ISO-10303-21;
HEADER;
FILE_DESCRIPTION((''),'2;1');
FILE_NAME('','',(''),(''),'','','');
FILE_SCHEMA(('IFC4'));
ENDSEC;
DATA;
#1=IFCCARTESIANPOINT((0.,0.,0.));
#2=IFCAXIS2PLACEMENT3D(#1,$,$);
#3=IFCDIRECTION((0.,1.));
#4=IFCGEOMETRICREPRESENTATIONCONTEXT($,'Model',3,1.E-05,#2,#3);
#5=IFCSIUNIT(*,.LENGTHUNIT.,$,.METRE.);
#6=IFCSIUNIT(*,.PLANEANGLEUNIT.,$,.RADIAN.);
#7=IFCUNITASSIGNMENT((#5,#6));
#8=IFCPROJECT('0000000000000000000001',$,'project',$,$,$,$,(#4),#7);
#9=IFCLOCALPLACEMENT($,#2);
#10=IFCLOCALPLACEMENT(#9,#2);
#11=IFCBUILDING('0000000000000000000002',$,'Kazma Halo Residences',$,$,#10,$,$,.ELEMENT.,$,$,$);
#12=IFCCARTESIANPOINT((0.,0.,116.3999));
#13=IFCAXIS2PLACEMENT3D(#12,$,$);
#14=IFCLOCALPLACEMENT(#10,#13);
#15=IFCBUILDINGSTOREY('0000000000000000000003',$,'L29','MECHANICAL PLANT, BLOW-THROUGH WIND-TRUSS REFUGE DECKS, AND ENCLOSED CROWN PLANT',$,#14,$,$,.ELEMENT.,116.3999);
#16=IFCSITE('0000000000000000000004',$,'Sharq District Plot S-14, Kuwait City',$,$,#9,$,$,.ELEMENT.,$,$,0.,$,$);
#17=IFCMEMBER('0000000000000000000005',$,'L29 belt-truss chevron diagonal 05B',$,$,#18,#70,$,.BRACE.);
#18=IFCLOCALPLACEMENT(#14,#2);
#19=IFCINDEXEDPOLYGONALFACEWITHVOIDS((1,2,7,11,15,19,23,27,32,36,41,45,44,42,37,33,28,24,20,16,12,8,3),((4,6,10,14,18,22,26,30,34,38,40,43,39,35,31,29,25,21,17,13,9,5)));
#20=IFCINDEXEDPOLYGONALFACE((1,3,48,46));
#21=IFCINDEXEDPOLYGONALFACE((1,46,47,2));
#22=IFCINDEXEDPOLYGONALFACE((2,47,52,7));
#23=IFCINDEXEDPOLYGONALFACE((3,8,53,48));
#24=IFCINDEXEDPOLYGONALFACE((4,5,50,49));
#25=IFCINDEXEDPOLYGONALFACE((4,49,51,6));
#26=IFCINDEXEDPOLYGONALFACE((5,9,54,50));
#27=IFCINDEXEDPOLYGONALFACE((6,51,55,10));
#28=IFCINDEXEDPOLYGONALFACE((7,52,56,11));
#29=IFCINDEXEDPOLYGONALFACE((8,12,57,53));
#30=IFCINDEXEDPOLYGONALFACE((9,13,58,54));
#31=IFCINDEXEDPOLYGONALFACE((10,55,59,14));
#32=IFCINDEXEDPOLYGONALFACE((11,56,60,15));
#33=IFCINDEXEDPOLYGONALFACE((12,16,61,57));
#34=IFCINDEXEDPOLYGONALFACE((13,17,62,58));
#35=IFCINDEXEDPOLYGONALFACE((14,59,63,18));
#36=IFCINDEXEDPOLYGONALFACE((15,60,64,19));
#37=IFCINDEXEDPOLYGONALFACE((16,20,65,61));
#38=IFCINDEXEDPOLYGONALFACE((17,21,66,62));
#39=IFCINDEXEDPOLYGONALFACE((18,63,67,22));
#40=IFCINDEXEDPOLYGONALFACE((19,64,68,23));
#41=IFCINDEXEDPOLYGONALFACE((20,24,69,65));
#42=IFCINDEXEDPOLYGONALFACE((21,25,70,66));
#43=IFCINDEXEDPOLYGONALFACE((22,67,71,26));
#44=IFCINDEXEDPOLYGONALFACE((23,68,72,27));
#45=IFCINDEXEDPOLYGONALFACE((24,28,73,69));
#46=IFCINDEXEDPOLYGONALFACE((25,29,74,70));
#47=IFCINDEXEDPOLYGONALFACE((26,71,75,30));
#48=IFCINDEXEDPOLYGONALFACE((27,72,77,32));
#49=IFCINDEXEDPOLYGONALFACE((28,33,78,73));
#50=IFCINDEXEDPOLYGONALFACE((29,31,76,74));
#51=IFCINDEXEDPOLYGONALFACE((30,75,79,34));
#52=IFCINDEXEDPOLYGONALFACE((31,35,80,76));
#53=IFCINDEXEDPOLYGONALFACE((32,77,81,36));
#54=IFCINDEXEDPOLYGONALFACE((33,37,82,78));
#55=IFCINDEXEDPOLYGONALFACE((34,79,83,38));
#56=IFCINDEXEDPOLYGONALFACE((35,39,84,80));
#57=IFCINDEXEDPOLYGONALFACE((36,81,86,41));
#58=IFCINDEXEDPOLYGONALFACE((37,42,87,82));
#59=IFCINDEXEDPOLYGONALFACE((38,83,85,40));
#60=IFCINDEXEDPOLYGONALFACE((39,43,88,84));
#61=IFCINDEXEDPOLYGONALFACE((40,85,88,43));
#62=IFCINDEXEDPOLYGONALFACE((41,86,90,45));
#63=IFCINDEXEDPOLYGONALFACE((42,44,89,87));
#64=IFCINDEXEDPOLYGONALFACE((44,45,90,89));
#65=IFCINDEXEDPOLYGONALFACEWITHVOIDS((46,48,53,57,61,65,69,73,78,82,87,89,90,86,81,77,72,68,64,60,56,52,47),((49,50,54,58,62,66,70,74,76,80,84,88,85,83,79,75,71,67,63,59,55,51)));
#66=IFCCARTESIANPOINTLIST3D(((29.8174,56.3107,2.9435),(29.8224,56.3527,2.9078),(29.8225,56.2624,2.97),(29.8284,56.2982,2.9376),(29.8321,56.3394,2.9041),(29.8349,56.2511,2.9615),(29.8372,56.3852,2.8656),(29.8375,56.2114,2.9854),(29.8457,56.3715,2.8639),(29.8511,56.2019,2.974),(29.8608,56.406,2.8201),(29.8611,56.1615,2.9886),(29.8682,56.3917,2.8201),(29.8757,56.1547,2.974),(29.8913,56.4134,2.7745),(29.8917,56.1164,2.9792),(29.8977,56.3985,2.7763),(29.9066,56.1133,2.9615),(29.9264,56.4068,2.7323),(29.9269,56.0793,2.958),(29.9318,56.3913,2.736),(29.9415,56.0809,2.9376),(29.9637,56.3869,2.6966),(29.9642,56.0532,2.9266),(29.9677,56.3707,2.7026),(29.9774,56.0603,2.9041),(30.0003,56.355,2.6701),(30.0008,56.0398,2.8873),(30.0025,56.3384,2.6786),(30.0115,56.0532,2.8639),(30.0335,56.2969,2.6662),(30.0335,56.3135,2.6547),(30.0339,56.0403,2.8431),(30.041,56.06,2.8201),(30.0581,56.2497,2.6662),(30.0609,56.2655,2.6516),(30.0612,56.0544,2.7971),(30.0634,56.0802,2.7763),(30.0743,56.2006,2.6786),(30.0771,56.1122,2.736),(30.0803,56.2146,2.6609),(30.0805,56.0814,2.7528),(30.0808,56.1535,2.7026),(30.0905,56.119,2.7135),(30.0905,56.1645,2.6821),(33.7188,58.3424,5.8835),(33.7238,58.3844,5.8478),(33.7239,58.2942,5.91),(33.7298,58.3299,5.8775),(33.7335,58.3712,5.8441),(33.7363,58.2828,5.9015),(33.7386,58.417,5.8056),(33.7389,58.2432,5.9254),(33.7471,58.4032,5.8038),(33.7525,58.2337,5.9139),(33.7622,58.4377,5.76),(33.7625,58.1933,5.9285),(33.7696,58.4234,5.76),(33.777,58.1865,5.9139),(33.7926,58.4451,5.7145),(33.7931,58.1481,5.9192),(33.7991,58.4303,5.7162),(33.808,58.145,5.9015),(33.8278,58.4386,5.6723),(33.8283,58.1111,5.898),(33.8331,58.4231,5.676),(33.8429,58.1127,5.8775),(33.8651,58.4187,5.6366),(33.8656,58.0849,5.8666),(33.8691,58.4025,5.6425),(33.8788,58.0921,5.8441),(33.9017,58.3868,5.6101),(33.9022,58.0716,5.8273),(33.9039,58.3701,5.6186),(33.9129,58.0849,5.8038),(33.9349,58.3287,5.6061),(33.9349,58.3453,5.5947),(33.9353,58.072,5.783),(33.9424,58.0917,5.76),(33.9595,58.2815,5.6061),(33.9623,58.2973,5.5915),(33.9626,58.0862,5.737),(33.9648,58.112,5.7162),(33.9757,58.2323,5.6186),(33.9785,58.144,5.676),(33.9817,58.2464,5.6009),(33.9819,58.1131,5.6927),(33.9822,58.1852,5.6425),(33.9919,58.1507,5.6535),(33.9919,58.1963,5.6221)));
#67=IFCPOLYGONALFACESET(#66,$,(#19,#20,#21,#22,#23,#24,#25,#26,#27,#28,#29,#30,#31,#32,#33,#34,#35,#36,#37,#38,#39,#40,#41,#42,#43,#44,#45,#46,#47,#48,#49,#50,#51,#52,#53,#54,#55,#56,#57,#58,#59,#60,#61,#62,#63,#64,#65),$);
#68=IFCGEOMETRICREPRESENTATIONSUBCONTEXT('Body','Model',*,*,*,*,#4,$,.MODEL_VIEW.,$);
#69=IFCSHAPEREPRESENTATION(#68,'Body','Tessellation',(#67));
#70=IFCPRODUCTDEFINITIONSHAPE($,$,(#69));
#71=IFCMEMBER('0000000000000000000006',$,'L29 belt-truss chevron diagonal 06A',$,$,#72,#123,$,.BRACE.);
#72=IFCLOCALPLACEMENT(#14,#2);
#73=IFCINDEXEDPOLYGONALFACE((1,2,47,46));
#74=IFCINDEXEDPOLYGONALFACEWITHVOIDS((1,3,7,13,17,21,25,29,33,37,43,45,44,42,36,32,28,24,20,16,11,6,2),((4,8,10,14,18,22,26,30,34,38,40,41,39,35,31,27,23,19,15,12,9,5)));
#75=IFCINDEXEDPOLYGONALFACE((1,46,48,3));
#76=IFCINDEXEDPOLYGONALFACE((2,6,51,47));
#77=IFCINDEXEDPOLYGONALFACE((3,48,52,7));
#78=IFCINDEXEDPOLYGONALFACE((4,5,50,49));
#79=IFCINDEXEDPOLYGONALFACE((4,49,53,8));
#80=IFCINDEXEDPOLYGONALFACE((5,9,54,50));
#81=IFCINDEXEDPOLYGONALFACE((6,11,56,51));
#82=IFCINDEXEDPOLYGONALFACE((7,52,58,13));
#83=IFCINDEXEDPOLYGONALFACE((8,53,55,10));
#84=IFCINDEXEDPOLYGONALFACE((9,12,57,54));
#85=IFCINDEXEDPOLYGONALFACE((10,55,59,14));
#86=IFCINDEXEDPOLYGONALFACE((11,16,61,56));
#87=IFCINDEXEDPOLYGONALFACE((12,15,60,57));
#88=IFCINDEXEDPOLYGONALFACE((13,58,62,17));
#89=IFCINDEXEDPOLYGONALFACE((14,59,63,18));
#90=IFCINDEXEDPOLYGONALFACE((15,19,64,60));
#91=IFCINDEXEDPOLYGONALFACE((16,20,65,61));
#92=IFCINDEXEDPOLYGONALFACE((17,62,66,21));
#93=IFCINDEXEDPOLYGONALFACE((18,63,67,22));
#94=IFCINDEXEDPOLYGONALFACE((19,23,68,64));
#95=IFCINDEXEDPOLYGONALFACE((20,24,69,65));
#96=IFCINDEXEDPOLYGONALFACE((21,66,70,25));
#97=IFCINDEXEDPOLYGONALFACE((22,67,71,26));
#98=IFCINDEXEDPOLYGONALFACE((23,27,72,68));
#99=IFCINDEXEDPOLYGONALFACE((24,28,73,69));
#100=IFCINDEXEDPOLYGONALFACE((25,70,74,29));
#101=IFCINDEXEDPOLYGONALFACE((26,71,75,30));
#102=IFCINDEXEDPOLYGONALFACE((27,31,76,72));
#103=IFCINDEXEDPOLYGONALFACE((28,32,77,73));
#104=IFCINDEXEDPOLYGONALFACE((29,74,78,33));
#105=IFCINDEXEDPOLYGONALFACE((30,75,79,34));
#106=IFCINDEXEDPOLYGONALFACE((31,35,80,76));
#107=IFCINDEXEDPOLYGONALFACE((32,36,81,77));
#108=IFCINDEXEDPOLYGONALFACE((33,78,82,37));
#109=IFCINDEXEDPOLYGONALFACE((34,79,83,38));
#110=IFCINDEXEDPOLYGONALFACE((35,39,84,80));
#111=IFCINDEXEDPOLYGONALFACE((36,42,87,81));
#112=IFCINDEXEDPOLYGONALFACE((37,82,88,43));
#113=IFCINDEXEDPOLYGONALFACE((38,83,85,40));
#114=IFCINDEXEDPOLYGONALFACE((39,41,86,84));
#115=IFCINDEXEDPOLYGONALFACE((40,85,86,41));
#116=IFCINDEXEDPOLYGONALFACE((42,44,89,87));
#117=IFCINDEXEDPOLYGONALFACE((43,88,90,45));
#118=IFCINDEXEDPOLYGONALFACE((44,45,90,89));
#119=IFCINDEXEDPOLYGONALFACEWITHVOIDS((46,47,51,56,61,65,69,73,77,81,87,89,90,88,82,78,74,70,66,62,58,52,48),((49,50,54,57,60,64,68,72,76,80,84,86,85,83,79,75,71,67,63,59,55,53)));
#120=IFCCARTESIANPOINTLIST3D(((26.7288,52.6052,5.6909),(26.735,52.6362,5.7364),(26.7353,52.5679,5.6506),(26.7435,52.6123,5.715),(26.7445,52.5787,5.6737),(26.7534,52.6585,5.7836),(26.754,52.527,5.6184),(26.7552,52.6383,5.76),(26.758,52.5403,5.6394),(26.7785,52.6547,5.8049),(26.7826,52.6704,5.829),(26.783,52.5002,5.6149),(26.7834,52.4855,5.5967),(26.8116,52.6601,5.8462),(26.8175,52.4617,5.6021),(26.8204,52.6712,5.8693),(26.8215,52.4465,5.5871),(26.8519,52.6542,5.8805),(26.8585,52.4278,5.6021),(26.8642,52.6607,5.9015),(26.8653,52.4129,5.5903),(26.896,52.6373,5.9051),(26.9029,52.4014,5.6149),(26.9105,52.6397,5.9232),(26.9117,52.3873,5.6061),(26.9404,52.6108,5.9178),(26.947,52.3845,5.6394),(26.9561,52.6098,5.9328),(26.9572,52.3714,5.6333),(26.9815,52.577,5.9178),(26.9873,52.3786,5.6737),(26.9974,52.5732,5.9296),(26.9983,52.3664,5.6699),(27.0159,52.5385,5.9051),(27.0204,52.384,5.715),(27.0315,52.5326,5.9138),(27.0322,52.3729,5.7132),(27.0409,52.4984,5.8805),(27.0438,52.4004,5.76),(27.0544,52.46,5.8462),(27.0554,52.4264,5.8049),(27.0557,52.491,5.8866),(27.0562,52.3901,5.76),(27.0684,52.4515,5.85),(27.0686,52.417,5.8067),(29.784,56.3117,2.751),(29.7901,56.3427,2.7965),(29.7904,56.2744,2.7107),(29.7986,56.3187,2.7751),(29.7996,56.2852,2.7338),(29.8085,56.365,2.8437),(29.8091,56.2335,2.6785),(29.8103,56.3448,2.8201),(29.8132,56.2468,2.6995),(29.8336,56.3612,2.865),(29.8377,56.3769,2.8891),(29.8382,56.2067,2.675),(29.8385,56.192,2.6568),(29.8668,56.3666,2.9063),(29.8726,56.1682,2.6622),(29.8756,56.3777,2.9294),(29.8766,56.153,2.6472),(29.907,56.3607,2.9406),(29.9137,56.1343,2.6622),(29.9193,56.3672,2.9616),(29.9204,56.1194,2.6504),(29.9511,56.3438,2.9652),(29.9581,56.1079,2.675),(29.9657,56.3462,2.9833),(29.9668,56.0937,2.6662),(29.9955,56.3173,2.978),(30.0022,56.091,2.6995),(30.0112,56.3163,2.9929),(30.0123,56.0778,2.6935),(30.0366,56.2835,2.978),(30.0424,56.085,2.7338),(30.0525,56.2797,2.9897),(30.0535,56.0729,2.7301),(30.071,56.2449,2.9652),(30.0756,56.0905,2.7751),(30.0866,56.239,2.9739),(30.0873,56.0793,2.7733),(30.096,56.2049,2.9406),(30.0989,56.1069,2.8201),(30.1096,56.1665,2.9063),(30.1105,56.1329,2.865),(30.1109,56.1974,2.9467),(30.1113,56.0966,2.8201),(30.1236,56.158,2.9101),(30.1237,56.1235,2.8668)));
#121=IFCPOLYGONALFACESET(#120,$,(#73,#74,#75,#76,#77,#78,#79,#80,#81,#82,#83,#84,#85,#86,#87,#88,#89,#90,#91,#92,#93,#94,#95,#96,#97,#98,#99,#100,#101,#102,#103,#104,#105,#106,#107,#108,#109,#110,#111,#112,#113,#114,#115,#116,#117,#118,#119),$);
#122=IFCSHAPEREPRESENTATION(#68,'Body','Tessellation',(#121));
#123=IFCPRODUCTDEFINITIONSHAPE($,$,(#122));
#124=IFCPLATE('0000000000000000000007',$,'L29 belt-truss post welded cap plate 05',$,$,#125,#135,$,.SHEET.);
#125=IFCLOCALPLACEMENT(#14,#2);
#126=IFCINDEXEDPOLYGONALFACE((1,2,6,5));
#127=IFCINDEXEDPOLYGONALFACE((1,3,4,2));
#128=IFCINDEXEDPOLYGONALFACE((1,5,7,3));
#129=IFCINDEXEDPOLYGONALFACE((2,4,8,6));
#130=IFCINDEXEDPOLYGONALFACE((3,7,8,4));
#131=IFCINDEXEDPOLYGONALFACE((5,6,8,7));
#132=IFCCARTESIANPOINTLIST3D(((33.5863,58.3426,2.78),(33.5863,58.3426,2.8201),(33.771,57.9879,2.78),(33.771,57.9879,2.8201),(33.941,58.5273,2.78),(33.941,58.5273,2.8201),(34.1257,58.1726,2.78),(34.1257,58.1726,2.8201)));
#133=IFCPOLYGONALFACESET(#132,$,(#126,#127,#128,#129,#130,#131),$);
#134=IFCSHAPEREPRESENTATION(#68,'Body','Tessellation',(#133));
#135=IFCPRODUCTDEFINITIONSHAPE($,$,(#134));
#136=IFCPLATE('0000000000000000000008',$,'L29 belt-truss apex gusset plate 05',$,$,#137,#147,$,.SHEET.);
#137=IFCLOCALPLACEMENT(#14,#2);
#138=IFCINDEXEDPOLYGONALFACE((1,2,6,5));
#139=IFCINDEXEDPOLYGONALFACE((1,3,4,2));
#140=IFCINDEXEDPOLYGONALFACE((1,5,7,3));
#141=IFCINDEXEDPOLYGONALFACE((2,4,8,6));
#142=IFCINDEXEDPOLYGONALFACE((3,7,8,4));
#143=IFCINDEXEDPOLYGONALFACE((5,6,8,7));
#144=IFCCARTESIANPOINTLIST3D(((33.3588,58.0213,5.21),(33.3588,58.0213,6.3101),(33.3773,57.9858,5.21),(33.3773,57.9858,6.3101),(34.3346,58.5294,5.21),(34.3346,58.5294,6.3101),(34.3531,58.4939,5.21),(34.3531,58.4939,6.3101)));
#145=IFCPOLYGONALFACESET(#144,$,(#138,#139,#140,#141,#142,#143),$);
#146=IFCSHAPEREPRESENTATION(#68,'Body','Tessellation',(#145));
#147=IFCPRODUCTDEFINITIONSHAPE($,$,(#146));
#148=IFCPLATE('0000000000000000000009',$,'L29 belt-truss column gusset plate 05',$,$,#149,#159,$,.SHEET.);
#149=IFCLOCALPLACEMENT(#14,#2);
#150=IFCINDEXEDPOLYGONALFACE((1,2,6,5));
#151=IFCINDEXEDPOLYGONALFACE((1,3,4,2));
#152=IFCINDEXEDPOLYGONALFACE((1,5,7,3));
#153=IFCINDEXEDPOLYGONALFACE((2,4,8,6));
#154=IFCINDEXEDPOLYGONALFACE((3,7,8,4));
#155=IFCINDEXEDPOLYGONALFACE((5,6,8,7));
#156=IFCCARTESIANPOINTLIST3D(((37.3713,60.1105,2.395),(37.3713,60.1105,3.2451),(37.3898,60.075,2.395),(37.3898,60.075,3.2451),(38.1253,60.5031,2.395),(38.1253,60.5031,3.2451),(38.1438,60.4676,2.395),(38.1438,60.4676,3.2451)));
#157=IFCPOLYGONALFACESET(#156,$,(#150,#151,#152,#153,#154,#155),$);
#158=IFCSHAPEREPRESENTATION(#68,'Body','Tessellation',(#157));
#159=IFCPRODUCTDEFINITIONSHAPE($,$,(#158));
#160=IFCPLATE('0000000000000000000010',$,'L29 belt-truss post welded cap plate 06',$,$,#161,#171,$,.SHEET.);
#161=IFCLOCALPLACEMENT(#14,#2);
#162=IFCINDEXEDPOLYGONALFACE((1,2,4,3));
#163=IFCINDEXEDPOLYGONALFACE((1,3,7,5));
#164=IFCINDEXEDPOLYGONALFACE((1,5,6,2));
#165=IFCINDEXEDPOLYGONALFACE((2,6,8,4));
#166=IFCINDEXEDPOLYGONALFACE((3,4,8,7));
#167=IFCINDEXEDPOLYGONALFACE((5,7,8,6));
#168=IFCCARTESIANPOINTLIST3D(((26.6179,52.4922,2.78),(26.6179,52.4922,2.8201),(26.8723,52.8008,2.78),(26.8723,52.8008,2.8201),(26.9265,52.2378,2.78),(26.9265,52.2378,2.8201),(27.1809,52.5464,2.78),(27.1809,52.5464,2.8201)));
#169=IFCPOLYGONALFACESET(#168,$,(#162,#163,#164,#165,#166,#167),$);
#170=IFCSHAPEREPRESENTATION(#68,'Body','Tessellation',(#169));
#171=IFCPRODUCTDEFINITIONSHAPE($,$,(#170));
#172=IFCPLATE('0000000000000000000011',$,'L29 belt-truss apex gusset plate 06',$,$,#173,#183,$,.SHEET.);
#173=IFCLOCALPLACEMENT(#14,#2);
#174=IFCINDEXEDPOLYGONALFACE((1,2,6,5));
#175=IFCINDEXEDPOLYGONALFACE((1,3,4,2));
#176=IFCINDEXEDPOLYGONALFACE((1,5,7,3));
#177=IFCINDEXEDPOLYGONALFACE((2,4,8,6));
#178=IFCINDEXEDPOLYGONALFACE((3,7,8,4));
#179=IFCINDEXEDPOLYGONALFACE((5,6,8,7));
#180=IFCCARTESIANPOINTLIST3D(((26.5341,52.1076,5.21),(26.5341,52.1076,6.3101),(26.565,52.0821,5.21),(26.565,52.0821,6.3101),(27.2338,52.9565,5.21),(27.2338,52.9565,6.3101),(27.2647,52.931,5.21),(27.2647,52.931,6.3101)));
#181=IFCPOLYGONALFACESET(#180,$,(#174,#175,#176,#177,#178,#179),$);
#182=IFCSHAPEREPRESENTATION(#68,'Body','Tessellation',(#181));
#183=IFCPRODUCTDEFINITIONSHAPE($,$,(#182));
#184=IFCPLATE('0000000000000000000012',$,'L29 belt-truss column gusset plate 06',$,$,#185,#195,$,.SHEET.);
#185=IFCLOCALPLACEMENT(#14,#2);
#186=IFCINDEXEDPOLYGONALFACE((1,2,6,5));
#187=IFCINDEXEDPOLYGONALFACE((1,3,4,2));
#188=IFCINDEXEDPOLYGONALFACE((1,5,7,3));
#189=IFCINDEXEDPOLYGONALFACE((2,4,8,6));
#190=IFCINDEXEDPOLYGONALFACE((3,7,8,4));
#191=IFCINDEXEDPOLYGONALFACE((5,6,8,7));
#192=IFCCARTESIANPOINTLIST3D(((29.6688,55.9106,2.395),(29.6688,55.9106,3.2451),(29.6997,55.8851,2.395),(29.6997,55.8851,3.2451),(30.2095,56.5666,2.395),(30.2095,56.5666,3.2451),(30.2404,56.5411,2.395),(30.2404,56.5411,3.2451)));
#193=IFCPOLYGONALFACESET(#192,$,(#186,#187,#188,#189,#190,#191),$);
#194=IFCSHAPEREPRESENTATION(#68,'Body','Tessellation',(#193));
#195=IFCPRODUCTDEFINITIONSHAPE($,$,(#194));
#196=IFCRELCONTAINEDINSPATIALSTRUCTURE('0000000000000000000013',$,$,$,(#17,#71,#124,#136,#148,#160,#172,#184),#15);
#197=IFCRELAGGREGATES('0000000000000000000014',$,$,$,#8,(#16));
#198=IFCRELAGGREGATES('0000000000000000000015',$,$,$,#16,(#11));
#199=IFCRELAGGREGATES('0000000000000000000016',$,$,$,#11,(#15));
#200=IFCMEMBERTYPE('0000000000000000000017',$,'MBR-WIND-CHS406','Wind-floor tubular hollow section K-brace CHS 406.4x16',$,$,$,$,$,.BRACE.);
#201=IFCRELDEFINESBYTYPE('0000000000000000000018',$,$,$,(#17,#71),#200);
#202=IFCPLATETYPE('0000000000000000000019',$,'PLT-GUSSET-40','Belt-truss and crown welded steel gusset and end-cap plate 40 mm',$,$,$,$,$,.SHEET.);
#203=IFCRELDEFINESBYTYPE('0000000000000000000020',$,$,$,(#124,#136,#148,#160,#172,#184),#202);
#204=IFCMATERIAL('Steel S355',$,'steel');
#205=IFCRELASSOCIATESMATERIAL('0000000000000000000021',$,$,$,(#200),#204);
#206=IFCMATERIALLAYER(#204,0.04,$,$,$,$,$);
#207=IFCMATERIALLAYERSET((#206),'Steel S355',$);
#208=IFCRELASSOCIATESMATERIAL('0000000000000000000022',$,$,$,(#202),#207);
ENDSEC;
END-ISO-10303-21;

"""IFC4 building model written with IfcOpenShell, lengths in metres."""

from ifc_helpers import new_model, si_unit, direction, frame, origin, origin_2d, place, context, subcontext, project, spatial, rectangle, hollow_circle, extrude, material, layer, layer_set, material_profile, profile_set, type_object, element, save


model = new_model("IFC4")

# Units and contexts
model_context = context("Model", 3, precision=1e-05, world=origin(), true_north=direction((0.0, 1.0)))
body_context = subcontext(model_context, "Body", "Model", "MODEL_VIEW")
ifc_project = project(units=[si_unit("LENGTHUNIT", "METRE"), si_unit("PLANEANGLEUNIT", "RADIAN")], contexts=[model_context])

# Site, building, storey
site_placement = place(None, origin())
site = spatial("IfcSite", under=ifc_project, at=site_placement, Name="Sharq District Plot S-14, Kuwait City", CompositionType="ELEMENT", RefElevation=0.0)
building_placement = place(site_placement, origin())
building = spatial("IfcBuilding", under=site, at=building_placement, Name="Kazma Halo Residences", CompositionType="ELEMENT")
storey_placement = place(building_placement, frame((0.0, 0.0, 116.3999)))
storey = spatial("IfcBuildingStorey", under=building, at=storey_placement, Name="L29", Description="MECHANICAL PLANT, BLOW-THROUGH WIND-TRUSS REFUGE DECKS, AND ENCLOSED CROWN PLANT", CompositionType="ELEMENT", Elevation=116.3999)

# Shared definitions
ifc_material_1 = material(Name="Steel S355", Category="steel")

# Members
ifc_material_profile_1 = material_profile(ifc_material_1, hollow_circle(Radius=0.2031, WallThickness=0.0161, at=origin_2d()), Name="CHS406.4x16")
ifc_profile_set_1 = profile_set([ifc_material_profile_1], Name="Steel S355")
member_type_1 = type_object("IfcMemberType", Name="MBR-WIND-CHS406", Description="Wind-floor tubular hollow section K-brace CHS 406.4x16", PredefinedType="BRACE", material=ifc_profile_set_1)
for number, where, z_axis, x_axis, name in (
    (1, (29.9546, 56.2258, 2.8201), (0.737396, 0.384018, 0.555677), (-0.461894, 0.886935, 0.0), "L29 belt-truss chevron diagonal 05B"),
):
    element("IfcMember", number, at=place(storey_placement, frame(where, z_axis=z_axis, x_axis=x_axis)), inside=storey, type_object=member_type_1, Name=name, PredefinedType="BRACE", context=body_context, shape_type="SweptSolid", body=[
        extrude(hollow_circle(Radius=0.2031, WallThickness=0.0161, at=origin_2d()), origin(), (0.0, 0.0, 1.0), 5.2908),
    ])
member_1_placement = place(storey_placement, frame((29.9546, 56.2258, 2.8201), z_axis=(-0.542498, -0.658159, 0.522036), x_axis=(0.771651, -0.636046, 0.0)))
element("IfcMember", 2, at=member_1_placement, inside=storey, type_object=member_type_1, Name="L29 belt-truss chevron diagonal 06A", PredefinedType="BRACE", context=body_context, shape_type="SweptSolid", body=[
    extrude(hollow_circle(Radius=0.2031, WallThickness=0.0161, at=origin_2d()), origin(), (0.0, 0.0, 1.0), 5.6316),
])

# Plates
ifc_layer_1 = layer(ifc_material_1, 0.04)
ifc_layer_set_1 = layer_set([ifc_layer_1], Name="Steel S355")
plate_type = type_object("IfcPlateType", Name="PLT-GUSSET-40", Description="Belt-truss and crown welded steel gusset and end-cap plate 40 mm", PredefinedType="SHEET", material=ifc_layer_set_1)
plate_1_placement = place(storey_placement, frame((33.856, 58.2576, 2.78), z_axis=(0.0, 0.0, 1.0), x_axis=(-0.886957, -0.461853, 0.0)))
element("IfcPlate", 3, at=plate_1_placement, inside=storey, type_object=plate_type, Name="L29 belt-truss post welded cap plate 05", PredefinedType="SHEET", context=body_context, shape_type="SweptSolid", body=[
    extrude(rectangle(XDim=0.3999, YDim=0.3999, at=origin_2d()), origin(), (0.0, 0.0, 1.0), 0.04),
])
plate_2_placement = place(storey_placement, frame((33.856, 58.2576, 5.21), z_axis=(0.0, 0.0, 1.0), x_axis=(-0.886957, -0.461853, 0.0)))
element("IfcPlate", 4, at=plate_2_placement, inside=storey, type_object=plate_type, Name="L29 belt-truss apex gusset plate 05", PredefinedType="SHEET", context=body_context, shape_type="SweptSolid", body=[
    extrude(rectangle(XDim=1.1001, YDim=0.04, at=origin_2d()), origin(), (0.0, 0.0, 1.0), 1.1001),
])
plate_3_placement = place(storey_placement, frame((37.7576, 60.2891, 2.395), z_axis=(0.0, 0.0, 1.0), x_axis=(-0.886957, -0.461853, 0.0)))
element("IfcPlate", 5, at=plate_3_placement, inside=storey, type_object=plate_type, Name="L29 belt-truss column gusset plate 05", PredefinedType="SHEET", context=body_context, shape_type="SweptSolid", body=[
    extrude(rectangle(XDim=0.8501, YDim=0.04, at=origin_2d()), origin(), (0.0, 0.0, 1.0), 0.8501),
])
plate_4_placement = place(storey_placement, frame((26.8994, 52.5193, 2.78), z_axis=(0.0, 0.0, 1.0), x_axis=(-0.636002, -0.771688, 0.0)))
element("IfcPlate", 6, at=plate_4_placement, inside=storey, type_object=plate_type, Name="L29 belt-truss post welded cap plate 06", PredefinedType="SHEET", context=body_context, shape_type="SweptSolid", body=[
    extrude(rectangle(XDim=0.3999, YDim=0.3999, at=origin_2d()), origin(), (0.0, 0.0, 1.0), 0.04),
])
plate_5_placement = place(storey_placement, frame((26.8994, 52.5193, 5.21), z_axis=(0.0, 0.0, 1.0), x_axis=(-0.636002, -0.771688, 0.0)))
element("IfcPlate", 7, at=plate_5_placement, inside=storey, type_object=plate_type, Name="L29 belt-truss apex gusset plate 06", PredefinedType="SHEET", context=body_context, shape_type="SweptSolid", body=[
    extrude(rectangle(XDim=1.1001, YDim=0.04, at=origin_2d()), origin(), (0.0, 0.0, 1.0), 1.1001),
])
plate_6_placement = place(storey_placement, frame((29.9546, 56.2258, 2.395), z_axis=(0.0, 0.0, 1.0), x_axis=(-0.636002, -0.771688, 0.0)))
element("IfcPlate", 8, at=plate_6_placement, inside=storey, type_object=plate_type, Name="L29 belt-truss column gusset plate 06", PredefinedType="SHEET", context=body_context, shape_type="SweptSolid", body=[
    extrude(rectangle(XDim=0.8501, YDim=0.04, at=origin_2d()), origin(), (0.0, 0.0, 1.0), 0.8501),
])

save(model, "model.ifc")
